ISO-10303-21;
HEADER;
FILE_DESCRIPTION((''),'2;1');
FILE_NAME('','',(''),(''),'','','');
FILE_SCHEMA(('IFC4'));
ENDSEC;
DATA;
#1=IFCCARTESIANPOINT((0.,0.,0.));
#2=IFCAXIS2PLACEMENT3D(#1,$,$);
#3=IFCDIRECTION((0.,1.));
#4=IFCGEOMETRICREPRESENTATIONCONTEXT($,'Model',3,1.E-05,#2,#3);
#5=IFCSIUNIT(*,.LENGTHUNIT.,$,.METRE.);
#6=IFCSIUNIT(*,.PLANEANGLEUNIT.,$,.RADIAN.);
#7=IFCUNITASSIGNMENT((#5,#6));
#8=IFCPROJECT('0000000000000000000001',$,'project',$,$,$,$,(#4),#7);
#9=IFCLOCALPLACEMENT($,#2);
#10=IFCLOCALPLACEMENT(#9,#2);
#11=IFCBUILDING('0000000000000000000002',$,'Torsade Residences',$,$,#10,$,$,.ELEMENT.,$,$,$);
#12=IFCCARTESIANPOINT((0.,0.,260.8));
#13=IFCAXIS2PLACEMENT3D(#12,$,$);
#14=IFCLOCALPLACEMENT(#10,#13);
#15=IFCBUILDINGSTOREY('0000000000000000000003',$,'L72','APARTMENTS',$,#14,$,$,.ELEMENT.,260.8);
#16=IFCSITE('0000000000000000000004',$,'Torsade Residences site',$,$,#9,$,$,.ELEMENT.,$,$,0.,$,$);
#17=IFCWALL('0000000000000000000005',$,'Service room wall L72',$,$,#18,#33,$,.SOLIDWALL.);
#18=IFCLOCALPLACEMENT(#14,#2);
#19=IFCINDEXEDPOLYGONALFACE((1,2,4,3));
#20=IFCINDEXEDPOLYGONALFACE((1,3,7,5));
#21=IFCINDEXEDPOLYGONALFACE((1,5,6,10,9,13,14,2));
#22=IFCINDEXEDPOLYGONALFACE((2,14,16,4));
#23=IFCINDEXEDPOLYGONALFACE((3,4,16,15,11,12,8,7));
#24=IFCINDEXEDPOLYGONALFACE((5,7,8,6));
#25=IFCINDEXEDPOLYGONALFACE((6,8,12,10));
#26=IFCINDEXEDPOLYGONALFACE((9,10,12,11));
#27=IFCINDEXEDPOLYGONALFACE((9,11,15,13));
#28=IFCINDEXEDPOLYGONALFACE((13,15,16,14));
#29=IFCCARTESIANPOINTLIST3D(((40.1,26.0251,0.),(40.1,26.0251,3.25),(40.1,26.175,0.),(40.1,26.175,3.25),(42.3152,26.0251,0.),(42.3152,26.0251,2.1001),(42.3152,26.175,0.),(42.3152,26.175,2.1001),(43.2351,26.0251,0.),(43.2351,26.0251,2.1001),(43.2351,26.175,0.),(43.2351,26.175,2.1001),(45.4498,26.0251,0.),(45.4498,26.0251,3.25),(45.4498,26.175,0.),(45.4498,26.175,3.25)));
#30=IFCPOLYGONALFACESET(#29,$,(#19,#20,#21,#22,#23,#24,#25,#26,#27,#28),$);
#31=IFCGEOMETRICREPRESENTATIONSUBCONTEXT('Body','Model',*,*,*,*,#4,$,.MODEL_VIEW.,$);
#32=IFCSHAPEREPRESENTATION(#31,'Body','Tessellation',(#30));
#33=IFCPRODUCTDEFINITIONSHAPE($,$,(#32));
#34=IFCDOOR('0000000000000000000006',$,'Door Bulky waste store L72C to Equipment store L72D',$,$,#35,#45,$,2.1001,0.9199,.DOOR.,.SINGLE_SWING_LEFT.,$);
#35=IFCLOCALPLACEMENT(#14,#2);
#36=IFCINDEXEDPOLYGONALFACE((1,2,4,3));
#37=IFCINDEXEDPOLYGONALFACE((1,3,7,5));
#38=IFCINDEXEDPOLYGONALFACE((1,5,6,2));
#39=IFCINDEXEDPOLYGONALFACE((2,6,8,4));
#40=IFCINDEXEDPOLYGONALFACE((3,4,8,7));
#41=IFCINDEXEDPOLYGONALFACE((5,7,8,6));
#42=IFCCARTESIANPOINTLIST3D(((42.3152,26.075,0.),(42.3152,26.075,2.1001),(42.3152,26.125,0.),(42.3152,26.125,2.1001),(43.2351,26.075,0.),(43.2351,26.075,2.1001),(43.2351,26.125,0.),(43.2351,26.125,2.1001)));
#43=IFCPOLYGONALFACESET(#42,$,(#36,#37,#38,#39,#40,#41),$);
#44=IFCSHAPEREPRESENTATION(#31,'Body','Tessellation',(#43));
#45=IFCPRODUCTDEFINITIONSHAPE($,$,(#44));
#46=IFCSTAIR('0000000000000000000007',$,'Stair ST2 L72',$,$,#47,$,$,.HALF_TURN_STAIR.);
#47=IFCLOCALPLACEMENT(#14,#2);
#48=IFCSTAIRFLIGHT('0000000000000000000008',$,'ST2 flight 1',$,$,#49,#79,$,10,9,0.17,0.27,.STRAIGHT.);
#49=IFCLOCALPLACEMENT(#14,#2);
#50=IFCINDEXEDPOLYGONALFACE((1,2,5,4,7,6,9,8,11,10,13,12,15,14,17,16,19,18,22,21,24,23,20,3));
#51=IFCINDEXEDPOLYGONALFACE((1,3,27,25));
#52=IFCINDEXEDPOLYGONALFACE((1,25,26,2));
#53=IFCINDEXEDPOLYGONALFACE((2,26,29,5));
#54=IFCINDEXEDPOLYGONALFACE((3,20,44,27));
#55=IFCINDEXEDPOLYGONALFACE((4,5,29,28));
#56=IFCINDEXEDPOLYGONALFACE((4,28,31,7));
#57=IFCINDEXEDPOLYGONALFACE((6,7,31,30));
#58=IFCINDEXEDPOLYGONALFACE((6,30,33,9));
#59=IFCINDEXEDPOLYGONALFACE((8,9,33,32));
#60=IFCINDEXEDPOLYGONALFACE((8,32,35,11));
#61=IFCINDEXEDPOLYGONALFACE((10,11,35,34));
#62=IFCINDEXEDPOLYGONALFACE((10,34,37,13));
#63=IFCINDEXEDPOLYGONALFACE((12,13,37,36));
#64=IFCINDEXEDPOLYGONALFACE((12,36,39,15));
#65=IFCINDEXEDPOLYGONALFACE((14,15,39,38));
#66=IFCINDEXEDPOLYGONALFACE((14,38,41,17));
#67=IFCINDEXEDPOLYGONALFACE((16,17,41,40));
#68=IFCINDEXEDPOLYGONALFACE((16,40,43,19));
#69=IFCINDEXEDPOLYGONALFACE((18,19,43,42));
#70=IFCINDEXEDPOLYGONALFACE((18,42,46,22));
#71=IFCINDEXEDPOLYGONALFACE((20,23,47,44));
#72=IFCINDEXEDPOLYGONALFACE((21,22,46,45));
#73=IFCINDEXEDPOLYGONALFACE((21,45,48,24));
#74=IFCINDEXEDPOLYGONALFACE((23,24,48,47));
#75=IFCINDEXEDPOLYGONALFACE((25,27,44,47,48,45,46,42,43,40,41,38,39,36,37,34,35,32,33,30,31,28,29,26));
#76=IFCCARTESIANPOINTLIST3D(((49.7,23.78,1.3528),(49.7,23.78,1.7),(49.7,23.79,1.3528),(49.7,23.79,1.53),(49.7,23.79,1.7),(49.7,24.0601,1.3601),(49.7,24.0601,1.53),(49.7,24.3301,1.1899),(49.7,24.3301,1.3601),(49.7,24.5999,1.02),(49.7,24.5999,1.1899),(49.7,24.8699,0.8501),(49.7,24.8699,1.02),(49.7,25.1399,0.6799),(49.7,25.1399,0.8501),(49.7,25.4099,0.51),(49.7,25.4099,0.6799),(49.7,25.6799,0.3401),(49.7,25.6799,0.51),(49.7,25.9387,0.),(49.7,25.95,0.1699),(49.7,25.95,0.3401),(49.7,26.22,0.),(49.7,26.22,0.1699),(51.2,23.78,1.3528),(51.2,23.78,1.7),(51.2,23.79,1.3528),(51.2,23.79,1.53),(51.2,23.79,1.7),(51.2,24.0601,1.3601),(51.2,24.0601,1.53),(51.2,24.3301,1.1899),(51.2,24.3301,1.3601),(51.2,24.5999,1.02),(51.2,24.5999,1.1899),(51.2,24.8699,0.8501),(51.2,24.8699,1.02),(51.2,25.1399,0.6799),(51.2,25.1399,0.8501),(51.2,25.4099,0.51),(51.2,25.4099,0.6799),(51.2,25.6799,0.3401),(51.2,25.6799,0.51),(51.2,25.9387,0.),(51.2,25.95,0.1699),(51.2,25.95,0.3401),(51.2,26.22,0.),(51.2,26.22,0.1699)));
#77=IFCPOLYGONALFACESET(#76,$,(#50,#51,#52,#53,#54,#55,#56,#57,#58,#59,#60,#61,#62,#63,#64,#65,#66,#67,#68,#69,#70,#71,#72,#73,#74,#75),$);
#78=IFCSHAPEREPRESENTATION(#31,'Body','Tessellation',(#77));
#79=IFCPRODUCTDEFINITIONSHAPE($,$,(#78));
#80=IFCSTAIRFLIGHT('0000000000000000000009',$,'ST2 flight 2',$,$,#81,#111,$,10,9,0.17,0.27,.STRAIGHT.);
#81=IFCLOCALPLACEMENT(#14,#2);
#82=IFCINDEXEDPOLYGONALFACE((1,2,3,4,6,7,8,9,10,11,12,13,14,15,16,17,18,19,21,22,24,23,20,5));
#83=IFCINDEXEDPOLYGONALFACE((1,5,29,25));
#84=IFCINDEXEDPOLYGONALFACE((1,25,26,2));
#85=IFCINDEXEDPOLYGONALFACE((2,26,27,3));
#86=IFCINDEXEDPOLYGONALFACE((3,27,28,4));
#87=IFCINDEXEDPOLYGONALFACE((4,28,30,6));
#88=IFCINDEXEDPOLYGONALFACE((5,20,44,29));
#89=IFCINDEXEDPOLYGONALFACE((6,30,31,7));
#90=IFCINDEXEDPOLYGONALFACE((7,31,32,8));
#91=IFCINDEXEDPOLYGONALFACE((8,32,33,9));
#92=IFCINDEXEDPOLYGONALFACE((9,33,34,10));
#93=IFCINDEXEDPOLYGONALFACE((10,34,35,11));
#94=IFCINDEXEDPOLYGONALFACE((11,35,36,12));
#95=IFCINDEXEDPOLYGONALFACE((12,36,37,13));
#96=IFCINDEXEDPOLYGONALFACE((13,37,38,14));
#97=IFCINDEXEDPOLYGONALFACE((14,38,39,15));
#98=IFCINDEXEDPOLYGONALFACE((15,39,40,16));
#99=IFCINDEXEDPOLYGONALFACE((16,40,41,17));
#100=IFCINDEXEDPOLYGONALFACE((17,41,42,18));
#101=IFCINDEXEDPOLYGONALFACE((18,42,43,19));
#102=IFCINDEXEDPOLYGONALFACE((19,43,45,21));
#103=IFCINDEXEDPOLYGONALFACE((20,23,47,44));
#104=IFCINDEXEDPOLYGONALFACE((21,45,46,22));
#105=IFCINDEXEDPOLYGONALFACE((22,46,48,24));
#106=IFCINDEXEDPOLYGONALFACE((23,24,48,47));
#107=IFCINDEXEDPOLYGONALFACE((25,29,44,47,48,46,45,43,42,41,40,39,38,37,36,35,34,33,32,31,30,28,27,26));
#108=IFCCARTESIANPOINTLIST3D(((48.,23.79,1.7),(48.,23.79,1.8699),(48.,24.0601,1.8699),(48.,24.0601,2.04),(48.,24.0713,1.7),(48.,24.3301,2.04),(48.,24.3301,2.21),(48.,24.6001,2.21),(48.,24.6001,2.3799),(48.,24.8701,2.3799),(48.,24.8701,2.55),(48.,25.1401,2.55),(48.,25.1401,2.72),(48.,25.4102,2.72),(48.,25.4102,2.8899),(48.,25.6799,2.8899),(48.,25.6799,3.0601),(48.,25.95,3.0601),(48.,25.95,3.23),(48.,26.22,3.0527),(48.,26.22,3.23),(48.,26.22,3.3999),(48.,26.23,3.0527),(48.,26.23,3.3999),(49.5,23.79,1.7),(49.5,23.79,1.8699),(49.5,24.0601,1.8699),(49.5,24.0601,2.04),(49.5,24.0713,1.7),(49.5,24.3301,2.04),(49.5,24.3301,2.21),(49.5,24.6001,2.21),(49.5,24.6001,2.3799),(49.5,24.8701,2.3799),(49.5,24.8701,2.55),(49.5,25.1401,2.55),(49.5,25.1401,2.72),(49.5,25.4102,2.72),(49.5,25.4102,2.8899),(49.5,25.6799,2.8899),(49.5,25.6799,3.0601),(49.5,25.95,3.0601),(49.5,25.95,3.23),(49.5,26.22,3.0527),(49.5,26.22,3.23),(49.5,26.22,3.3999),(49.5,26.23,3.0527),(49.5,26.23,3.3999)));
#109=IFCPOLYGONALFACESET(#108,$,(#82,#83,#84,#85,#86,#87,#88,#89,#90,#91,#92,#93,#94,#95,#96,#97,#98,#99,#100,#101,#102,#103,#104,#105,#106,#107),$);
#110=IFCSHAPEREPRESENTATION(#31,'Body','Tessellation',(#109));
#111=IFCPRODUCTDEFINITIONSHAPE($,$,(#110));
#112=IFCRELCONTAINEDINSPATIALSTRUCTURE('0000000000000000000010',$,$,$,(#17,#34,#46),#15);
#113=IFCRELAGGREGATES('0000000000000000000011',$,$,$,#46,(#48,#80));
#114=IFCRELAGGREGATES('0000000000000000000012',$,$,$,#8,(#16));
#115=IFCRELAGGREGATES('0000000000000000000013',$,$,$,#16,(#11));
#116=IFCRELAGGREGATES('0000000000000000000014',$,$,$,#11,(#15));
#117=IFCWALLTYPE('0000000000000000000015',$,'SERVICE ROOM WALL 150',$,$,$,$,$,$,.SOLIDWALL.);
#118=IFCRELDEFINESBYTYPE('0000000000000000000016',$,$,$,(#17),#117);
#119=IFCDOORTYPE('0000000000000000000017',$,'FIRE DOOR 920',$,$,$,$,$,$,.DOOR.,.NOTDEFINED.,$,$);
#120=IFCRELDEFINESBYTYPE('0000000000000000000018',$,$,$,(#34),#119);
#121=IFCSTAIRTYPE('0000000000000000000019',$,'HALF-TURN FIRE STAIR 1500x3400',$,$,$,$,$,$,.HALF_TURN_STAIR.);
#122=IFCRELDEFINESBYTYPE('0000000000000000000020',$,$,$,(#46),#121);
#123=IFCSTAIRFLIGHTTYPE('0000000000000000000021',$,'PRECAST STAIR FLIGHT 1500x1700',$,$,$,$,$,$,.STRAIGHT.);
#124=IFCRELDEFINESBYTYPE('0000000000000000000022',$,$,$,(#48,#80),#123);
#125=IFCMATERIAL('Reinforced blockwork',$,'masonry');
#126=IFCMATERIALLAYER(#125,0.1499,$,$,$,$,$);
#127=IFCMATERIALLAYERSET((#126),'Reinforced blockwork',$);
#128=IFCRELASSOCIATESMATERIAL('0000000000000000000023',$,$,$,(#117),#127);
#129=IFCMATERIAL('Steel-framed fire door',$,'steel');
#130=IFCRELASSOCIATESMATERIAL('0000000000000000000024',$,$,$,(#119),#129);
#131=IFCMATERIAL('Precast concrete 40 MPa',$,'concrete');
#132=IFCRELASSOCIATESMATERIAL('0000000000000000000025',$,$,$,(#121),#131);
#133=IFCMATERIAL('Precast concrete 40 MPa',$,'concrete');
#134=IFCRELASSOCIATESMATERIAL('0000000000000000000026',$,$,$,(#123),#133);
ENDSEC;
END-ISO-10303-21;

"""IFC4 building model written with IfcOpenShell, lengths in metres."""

from ifc_helpers import new_model, si_unit, direction, frame, frame_2d, origin, place, context, subcontext, project, spatial, polyline, rectangle, outline, extrude, material, layer, layer_set, type_object, element, fill, aggregate, save


model = new_model("IFC4")

# Units and contexts
model_context = context("Model", 3, precision=1e-05, world=origin(), true_north=direction((0.0, 1.0)))
body_context = subcontext(model_context, "Body", "Model", "MODEL_VIEW")
ifc_project = project(units=[si_unit("LENGTHUNIT", "METRE"), si_unit("PLANEANGLEUNIT", "RADIAN")], contexts=[model_context])

# Site, building, storey
site_placement = place(None, origin())
site = spatial("IfcSite", under=ifc_project, at=site_placement, Name="Torsade Residences site", CompositionType="ELEMENT", RefElevation=0.0)
building_placement = place(site_placement, origin())
building = spatial("IfcBuilding", under=site, at=building_placement, Name="Torsade Residences", CompositionType="ELEMENT")
storey_placement = place(building_placement, frame((0.0, 0.0, 260.8)))
storey = spatial("IfcBuildingStorey", under=building, at=storey_placement, Name="L72", Description="APARTMENTS", CompositionType="ELEMENT", Elevation=260.8)

# Wall, opening, door
ifc_material_1 = material(Name="Reinforced blockwork", Category="masonry")
ifc_layer_1 = layer(ifc_material_1, 0.1499)
ifc_layer_set_1 = layer_set([ifc_layer_1], Name="Reinforced blockwork")
wall_type_1 = type_object("IfcWallType", Name="SERVICE ROOM WALL 150", PredefinedType="SOLIDWALL", material=ifc_layer_set_1)
ifc_material_2 = material(Name="Steel-framed fire door", Category="steel")
door_type_1 = type_object("IfcDoorType", Name="FIRE DOOR 920", OperationType="NOTDEFINED", PredefinedType="DOOR", material=ifc_material_2)
wall_1_placement = place(storey_placement, frame((40.1001, 26.1001, 0.0), z_axis=(0.0, 0.0, 1.0), x_axis=(1.0, 0.0, 0.0)))
wall_1 = element("IfcWall", 1, at=wall_1_placement, inside=storey, type_object=wall_type_1, Name="Service room wall L72", PredefinedType="SOLIDWALL", context=body_context, shape_type="SweptSolid", body=[
    extrude(rectangle(XDim=5.3499, YDim=0.1499, at=frame_2d((2.6748, 0.0))), origin(), (0.0, 0.0, 1.0), 3.25),
])
opening_1_placement = place(wall_1_placement, frame((2.2151, 0.0, 0.0)))
opening_1 = element("IfcOpeningElement", 2, at=opening_1_placement, cuts=wall_1, PredefinedType="OPENING", context=body_context, shape_type="SweptSolid", body=[
    extrude(rectangle(XDim=0.9199, YDim=2.1001, at=frame_2d((0.46, 1.05))), frame((0.0, 0.085, 0.0), z_axis=(0.0, -1.0, 0.0), x_axis=(1.0, 0.0, 0.0)), (0.0, 0.0, 1.0), 0.1699),
])
door_1_placement = place(opening_1_placement, origin())
door_1 = element("IfcDoor", 3, at=door_1_placement, inside=storey, type_object=door_type_1, Name="Door Bulky waste store L72C to Equipment store L72D", OperationType="SINGLE_SWING_LEFT", OverallHeight=2.1001, OverallWidth=0.9199, PredefinedType="DOOR", context=body_context, shape_type="SweptSolid", body=[
    extrude(rectangle(XDim=0.9199, YDim=2.1001, at=frame_2d((0.46, 1.05))), frame((0.0, 0.0249, 0.0), z_axis=(0.0, -1.0, 0.0), x_axis=(1.0, 0.0, 0.0)), (0.0, 0.0, 1.0), 0.05),
])
fill(opening_1, door_1)

# Stair, stair flights
ifc_material_3 = material(Name="Precast concrete 40 MPa", Category="concrete")
stair_type = type_object("IfcStairType", Name="HALF-TURN FIRE STAIR 1500x3400", PredefinedType="HALF_TURN_STAIR", material=ifc_material_3)
stair_placement = place(storey_placement, origin())
stair = element("IfcStair", 4, at=stair_placement, inside=storey, type_object=stair_type, Name="Stair ST2 L72", PredefinedType="HALF_TURN_STAIR")
ifc_material_4 = material(Name="Precast concrete 40 MPa", Category="concrete")
stair_flight_type = type_object("IfcStairFlightType", Name="PRECAST STAIR FLIGHT 1500x1700", PredefinedType="STRAIGHT", material=ifc_material_4)
stair_flight_1_placement = place(storey_placement, frame((50.45, 26.22, 0.0), z_axis=(0.0, 0.0, 1.0), x_axis=(0.0, -1.0, 0.0)))
stair_flight_1 = element("IfcStairFlight", 5, at=stair_flight_1_placement, type_object=stair_flight_type, Name="ST2 flight 1", NumberOfRisers=10, NumberOfTreads=9, PredefinedType="STRAIGHT", RiserHeight=0.17, TreadLength=0.27, context=body_context, shape_type="SweptSolid", body=[
    extrude(outline(polyline([(0.0, 0.0), (0.0, 0.1699), (0.27, 0.1699), (0.27, 0.3401), (0.54, 0.3401), (0.54, 0.51), (0.8101, 0.51), (0.8101, 0.6799), (1.0801, 0.6799), (1.0801, 0.8501), (1.3501, 0.8501), (1.3501, 1.02), (1.6201, 1.02), (1.6201, 1.1899), (1.8899, 1.1899), (1.8899, 1.3601), (2.1599, 1.3601), (2.1599, 1.53), (2.4299, 1.53), (2.4299, 1.7), (2.4399, 1.7), (2.4399, 1.3528), (2.4299, 1.3528), (0.2812, 0.0), (0.0, 0.0)])), frame((0.0, 0.75, 0.0), z_axis=(0.0, -1.0, 0.0), x_axis=(1.0, 0.0, 0.0)), (0.0, 0.0, 1.0), 1.5),
])
stair_flight_2_placement = place(storey_placement, frame((48.75, 23.79, 1.7), z_axis=(0.0, 0.0, 1.0), x_axis=(0.0, 1.0, 0.0)))
stair_flight_2 = element("IfcStairFlight", 6, at=stair_flight_2_placement, type_object=stair_flight_type, Name="ST2 flight 2", NumberOfRisers=10, NumberOfTreads=9, PredefinedType="STRAIGHT", RiserHeight=0.17, TreadLength=0.27, context=body_context, shape_type="SweptSolid", body=[
    extrude(outline(polyline([(0.0, 0.0), (0.0, 0.1699), (0.27, 0.1699), (0.27, 0.3401), (0.54, 0.3401), (0.54, 0.51), (0.8101, 0.51), (0.8101, 0.6799), (1.0801, 0.6799), (1.0801, 0.8501), (1.3501, 0.8501), (1.3501, 1.02), (1.6201, 1.02), (1.6201, 1.1899), (1.8899, 1.1899), (1.8899, 1.3601), (2.1599, 1.3601), (2.1599, 1.53), (2.4299, 1.53), (2.4299, 1.7), (2.4399, 1.7), (2.4399, 1.3528), (2.4299, 1.3528), (0.2812, 0.0), (0.0, 0.0)])), frame((0.0, 0.75, 0.0), z_axis=(0.0, -1.0, 0.0), x_axis=(1.0, 0.0, 0.0)), (0.0, 0.0, 1.0), 1.5),
])
aggregate(stair, [stair_flight_1, stair_flight_2])

save(model, "model.ifc")
